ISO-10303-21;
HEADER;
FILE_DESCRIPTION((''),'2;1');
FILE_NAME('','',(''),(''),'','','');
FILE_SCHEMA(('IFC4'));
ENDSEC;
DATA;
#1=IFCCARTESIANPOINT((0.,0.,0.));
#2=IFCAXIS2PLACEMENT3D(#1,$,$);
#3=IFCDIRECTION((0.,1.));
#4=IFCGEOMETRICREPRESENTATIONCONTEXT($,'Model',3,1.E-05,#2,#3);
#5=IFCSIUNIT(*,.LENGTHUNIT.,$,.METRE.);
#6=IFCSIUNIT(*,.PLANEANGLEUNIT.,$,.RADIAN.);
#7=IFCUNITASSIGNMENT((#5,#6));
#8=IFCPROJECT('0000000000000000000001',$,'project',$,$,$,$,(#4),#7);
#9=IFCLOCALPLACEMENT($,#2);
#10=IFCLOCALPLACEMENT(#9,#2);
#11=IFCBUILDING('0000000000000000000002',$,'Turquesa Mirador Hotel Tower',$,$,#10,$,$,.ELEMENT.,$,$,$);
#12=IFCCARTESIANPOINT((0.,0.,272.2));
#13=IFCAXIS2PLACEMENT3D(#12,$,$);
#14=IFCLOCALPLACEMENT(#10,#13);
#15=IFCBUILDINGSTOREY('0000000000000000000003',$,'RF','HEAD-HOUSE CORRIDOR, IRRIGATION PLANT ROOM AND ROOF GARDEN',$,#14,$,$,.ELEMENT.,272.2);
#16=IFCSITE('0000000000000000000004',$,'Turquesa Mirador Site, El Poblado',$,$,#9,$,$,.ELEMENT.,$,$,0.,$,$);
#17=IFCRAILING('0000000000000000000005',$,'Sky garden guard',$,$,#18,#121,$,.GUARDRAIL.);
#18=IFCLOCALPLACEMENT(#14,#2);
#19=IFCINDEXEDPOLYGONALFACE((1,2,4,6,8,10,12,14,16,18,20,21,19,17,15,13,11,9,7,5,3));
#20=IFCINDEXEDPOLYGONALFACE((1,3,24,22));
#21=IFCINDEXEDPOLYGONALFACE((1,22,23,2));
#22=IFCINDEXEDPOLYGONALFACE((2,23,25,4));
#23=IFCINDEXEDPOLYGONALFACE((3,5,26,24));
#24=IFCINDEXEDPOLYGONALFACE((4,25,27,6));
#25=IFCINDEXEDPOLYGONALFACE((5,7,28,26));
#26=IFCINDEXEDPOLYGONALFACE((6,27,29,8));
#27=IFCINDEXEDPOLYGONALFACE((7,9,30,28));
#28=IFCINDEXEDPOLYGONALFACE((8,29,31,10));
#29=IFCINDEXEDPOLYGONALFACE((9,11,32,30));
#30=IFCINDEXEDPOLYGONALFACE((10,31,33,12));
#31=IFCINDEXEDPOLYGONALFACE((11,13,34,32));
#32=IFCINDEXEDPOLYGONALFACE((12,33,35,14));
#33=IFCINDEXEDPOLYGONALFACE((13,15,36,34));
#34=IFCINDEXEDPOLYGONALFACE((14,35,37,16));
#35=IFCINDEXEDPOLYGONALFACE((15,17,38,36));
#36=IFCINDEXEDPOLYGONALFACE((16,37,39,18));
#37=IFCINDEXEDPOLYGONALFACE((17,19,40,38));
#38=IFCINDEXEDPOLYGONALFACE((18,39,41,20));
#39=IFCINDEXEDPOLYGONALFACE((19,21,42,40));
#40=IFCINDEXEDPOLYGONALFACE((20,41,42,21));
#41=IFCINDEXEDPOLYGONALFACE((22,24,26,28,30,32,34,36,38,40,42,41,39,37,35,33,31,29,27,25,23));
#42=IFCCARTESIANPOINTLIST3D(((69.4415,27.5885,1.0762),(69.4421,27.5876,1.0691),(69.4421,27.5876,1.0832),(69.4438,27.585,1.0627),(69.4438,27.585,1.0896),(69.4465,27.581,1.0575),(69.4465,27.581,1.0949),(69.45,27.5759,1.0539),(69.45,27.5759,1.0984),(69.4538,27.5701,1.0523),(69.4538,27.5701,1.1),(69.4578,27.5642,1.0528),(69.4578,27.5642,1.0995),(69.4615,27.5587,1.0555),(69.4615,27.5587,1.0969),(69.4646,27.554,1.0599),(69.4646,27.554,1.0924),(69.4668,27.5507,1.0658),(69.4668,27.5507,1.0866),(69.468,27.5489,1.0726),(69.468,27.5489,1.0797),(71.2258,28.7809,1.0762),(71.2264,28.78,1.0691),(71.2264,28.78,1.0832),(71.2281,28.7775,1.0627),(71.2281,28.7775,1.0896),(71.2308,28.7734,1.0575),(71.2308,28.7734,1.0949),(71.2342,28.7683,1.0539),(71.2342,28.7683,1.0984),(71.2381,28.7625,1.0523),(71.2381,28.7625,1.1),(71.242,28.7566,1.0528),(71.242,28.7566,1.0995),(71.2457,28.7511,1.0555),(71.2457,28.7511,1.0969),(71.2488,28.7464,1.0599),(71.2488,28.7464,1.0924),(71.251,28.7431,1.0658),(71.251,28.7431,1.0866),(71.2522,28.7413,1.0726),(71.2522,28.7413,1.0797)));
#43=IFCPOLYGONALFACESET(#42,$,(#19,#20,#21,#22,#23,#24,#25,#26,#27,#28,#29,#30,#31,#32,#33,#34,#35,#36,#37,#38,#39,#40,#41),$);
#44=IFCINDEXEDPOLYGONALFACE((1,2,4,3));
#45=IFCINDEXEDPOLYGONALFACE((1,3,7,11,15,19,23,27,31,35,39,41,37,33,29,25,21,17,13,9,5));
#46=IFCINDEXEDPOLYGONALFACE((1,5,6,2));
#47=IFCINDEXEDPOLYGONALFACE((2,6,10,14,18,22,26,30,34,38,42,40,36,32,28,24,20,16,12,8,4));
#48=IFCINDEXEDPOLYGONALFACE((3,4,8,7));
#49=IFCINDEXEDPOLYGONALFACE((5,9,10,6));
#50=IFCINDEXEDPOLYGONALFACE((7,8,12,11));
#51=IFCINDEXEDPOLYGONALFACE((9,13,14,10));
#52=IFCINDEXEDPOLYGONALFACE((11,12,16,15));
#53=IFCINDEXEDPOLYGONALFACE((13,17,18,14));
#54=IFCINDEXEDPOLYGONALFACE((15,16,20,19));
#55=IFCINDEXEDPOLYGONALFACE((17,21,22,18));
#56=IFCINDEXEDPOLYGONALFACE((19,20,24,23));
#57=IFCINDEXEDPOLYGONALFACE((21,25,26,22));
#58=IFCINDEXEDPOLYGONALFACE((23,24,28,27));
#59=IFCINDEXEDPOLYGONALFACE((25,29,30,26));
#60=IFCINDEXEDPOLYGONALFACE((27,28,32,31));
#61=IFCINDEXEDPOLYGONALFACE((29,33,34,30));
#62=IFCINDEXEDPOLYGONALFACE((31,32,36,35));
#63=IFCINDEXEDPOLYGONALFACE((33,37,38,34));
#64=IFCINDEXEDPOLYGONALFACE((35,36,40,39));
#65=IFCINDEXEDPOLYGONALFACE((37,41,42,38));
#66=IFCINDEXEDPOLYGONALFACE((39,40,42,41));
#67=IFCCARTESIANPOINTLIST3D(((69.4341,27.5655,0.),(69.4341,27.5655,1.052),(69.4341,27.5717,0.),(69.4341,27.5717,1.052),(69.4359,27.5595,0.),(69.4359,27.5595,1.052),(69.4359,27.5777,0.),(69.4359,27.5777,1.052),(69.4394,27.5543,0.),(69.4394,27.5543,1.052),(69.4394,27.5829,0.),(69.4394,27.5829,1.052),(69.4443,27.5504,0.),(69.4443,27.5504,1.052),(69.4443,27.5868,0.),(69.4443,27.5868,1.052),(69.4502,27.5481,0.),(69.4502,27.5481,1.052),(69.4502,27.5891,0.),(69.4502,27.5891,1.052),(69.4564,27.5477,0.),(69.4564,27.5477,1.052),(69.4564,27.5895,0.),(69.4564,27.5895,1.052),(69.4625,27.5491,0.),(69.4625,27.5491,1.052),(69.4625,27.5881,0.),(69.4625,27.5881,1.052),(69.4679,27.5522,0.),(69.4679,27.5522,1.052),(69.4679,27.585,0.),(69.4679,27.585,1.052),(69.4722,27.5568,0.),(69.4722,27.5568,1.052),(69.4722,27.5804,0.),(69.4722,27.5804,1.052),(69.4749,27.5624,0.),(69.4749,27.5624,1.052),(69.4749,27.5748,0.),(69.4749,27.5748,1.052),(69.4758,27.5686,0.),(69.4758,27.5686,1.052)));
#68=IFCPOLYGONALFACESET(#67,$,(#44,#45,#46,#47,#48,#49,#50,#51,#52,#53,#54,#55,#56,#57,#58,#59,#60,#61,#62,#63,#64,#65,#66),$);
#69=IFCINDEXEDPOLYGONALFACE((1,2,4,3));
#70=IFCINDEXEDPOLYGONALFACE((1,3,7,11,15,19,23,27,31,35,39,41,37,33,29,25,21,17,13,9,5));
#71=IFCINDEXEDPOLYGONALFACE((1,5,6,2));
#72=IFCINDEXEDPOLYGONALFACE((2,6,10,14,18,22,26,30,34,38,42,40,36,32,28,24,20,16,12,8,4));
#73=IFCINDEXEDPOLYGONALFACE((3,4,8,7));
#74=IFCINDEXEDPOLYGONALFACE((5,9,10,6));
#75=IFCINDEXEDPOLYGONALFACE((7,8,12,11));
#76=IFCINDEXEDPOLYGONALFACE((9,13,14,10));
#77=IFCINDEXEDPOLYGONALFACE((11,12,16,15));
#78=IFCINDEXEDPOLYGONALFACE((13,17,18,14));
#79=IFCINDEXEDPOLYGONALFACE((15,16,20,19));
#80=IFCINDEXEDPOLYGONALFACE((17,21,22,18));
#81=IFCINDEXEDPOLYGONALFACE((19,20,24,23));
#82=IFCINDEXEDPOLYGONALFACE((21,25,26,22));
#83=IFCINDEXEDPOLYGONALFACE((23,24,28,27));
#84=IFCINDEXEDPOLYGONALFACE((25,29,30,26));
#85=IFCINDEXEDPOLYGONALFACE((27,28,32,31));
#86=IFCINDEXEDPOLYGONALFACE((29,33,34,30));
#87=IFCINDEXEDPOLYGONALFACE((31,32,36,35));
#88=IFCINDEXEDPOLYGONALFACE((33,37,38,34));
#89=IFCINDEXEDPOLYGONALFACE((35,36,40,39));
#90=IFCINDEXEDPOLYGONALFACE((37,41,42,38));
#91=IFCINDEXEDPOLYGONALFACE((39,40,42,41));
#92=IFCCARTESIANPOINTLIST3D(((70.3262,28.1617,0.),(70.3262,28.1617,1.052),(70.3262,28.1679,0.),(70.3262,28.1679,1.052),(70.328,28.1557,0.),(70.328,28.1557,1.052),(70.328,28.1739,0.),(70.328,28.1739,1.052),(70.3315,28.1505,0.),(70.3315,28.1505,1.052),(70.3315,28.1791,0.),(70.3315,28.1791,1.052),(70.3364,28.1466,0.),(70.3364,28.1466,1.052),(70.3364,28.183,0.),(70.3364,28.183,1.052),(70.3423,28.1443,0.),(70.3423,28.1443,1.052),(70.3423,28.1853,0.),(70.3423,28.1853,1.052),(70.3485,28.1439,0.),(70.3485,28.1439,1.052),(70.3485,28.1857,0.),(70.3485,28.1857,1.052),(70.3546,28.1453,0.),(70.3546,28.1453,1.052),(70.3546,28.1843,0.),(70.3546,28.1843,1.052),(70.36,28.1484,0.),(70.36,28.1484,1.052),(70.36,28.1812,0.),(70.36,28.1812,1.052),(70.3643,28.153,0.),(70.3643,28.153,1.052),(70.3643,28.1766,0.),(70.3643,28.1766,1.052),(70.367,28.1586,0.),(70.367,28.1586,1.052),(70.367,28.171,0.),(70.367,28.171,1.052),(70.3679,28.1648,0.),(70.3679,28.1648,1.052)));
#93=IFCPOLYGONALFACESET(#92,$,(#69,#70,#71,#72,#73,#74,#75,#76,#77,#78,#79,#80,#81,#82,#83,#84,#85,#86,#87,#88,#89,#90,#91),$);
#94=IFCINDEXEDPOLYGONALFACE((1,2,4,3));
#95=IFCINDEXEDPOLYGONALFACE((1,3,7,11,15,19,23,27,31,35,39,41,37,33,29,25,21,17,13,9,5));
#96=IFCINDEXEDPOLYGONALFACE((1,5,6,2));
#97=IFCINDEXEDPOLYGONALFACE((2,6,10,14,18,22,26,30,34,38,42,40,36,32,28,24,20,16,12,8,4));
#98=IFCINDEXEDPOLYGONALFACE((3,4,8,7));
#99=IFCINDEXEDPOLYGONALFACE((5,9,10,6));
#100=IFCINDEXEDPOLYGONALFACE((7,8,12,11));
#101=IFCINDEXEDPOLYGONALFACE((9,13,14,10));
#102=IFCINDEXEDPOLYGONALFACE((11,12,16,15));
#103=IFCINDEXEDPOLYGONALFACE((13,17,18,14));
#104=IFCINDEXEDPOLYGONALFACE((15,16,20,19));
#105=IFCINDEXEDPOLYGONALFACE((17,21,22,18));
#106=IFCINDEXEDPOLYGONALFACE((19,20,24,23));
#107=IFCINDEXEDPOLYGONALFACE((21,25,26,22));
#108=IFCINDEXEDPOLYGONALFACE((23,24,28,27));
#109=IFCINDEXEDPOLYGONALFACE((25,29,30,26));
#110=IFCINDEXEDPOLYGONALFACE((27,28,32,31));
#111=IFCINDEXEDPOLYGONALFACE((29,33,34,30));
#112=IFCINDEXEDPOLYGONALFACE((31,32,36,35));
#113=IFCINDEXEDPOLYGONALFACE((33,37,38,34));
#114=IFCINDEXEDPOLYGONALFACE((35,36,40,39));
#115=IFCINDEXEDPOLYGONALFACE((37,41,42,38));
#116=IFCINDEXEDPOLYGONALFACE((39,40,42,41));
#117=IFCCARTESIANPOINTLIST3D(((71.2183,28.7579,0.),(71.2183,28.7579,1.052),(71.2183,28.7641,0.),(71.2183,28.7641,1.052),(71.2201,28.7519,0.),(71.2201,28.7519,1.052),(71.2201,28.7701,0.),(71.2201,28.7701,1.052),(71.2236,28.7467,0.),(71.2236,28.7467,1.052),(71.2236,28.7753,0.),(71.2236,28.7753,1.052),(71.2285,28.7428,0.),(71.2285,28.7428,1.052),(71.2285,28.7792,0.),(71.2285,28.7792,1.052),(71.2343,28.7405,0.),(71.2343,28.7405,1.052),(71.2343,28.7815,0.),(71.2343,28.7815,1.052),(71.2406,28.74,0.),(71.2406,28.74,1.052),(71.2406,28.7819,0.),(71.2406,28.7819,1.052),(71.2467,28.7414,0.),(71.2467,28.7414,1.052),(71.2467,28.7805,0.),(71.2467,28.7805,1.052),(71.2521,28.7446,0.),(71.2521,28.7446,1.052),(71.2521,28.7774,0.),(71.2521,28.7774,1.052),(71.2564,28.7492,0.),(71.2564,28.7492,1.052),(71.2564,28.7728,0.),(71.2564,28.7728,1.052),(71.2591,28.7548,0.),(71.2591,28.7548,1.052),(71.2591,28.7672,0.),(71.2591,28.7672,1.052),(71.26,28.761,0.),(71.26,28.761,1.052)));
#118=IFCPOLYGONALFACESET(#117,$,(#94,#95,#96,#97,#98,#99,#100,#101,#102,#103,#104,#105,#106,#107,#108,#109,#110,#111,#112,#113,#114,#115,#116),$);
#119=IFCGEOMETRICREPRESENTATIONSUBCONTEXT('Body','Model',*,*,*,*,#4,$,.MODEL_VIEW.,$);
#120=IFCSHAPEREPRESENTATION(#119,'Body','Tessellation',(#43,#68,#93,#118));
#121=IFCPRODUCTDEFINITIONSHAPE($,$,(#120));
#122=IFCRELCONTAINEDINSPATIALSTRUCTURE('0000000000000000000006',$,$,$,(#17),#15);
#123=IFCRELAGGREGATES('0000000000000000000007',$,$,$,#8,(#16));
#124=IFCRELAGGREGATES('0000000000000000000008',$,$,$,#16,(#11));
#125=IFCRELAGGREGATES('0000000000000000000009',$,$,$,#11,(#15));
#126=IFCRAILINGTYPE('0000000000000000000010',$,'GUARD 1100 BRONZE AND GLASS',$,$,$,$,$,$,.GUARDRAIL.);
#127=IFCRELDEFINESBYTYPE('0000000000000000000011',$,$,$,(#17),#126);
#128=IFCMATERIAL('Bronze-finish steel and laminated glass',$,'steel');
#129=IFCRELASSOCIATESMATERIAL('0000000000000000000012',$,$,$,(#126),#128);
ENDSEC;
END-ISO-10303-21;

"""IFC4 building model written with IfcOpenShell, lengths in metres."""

from ifc_helpers import new_model, si_unit, direction, frame, origin, origin_2d, place, context, subcontext, project, spatial, circle, extrude, material, type_object, element, save


model = new_model("IFC4")

# Units and contexts
model_context = context("Model", 3, precision=1e-05, world=origin(), true_north=direction((0.0, 1.0)))
body_context = subcontext(model_context, "Body", "Model", "MODEL_VIEW")
ifc_project = project(units=[si_unit("LENGTHUNIT", "METRE"), si_unit("PLANEANGLEUNIT", "RADIAN")], contexts=[model_context])

# Site, building, storey
site_placement = place(None, origin())
site = spatial("IfcSite", under=ifc_project, at=site_placement, Name="Turquesa Mirador Site, El Poblado", CompositionType="ELEMENT", RefElevation=0.0)
building_placement = place(site_placement, origin())
building = spatial("IfcBuilding", under=site, at=building_placement, Name="Turquesa Mirador Hotel Tower", CompositionType="ELEMENT")
storey_placement = place(building_placement, frame((0.0, 0.0, 272.2)))
storey = spatial("IfcBuildingStorey", under=building, at=storey_placement, Name="RF", Description="HEAD-HOUSE CORRIDOR, IRRIGATION PLANT ROOM AND ROOF GARDEN", CompositionType="ELEMENT", Elevation=272.2)

# Railing
ifc_material_1 = material(Name="Bronze-finish steel and laminated glass", Category="steel")
railing_type = type_object("IfcRailingType", Name="GUARD 1100 BRONZE AND GLASS", PredefinedType="GUARDRAIL", material=ifc_material_1)
railing_1_placement = place(storey_placement, frame((69.4548, 27.5686, 0.0)))
element("IfcRailing", 1, at=railing_1_placement, inside=storey, type_object=railing_type, Name="Sky garden guard", PredefinedType="GUARDRAIL", context=body_context, shape_type="SweptSolid", body=[
    extrude(circle(Radius=0.0239, at=origin_2d()), frame((0.0, 0.0, 1.0762), z_axis=(0.83142, 0.555645, 0.0), x_axis=(-0.555645, 0.83142, 0.0)), (0.0, 0.0, 1.0), 2.146),
    extrude(circle(Radius=0.021, at=origin_2d()), origin(), (0.0, 0.0, 1.0), 1.052),
    extrude(circle(Radius=0.021, at=origin_2d()), frame((0.8921, 0.5962, 0.0)), (0.0, 0.0, 1.0), 1.052),
    extrude(circle(Radius=0.021, at=origin_2d()), frame((1.7842, 1.1924, 0.0)), (0.0, 0.0, 1.0), 1.052),
])

save(model, "model.ifc")
